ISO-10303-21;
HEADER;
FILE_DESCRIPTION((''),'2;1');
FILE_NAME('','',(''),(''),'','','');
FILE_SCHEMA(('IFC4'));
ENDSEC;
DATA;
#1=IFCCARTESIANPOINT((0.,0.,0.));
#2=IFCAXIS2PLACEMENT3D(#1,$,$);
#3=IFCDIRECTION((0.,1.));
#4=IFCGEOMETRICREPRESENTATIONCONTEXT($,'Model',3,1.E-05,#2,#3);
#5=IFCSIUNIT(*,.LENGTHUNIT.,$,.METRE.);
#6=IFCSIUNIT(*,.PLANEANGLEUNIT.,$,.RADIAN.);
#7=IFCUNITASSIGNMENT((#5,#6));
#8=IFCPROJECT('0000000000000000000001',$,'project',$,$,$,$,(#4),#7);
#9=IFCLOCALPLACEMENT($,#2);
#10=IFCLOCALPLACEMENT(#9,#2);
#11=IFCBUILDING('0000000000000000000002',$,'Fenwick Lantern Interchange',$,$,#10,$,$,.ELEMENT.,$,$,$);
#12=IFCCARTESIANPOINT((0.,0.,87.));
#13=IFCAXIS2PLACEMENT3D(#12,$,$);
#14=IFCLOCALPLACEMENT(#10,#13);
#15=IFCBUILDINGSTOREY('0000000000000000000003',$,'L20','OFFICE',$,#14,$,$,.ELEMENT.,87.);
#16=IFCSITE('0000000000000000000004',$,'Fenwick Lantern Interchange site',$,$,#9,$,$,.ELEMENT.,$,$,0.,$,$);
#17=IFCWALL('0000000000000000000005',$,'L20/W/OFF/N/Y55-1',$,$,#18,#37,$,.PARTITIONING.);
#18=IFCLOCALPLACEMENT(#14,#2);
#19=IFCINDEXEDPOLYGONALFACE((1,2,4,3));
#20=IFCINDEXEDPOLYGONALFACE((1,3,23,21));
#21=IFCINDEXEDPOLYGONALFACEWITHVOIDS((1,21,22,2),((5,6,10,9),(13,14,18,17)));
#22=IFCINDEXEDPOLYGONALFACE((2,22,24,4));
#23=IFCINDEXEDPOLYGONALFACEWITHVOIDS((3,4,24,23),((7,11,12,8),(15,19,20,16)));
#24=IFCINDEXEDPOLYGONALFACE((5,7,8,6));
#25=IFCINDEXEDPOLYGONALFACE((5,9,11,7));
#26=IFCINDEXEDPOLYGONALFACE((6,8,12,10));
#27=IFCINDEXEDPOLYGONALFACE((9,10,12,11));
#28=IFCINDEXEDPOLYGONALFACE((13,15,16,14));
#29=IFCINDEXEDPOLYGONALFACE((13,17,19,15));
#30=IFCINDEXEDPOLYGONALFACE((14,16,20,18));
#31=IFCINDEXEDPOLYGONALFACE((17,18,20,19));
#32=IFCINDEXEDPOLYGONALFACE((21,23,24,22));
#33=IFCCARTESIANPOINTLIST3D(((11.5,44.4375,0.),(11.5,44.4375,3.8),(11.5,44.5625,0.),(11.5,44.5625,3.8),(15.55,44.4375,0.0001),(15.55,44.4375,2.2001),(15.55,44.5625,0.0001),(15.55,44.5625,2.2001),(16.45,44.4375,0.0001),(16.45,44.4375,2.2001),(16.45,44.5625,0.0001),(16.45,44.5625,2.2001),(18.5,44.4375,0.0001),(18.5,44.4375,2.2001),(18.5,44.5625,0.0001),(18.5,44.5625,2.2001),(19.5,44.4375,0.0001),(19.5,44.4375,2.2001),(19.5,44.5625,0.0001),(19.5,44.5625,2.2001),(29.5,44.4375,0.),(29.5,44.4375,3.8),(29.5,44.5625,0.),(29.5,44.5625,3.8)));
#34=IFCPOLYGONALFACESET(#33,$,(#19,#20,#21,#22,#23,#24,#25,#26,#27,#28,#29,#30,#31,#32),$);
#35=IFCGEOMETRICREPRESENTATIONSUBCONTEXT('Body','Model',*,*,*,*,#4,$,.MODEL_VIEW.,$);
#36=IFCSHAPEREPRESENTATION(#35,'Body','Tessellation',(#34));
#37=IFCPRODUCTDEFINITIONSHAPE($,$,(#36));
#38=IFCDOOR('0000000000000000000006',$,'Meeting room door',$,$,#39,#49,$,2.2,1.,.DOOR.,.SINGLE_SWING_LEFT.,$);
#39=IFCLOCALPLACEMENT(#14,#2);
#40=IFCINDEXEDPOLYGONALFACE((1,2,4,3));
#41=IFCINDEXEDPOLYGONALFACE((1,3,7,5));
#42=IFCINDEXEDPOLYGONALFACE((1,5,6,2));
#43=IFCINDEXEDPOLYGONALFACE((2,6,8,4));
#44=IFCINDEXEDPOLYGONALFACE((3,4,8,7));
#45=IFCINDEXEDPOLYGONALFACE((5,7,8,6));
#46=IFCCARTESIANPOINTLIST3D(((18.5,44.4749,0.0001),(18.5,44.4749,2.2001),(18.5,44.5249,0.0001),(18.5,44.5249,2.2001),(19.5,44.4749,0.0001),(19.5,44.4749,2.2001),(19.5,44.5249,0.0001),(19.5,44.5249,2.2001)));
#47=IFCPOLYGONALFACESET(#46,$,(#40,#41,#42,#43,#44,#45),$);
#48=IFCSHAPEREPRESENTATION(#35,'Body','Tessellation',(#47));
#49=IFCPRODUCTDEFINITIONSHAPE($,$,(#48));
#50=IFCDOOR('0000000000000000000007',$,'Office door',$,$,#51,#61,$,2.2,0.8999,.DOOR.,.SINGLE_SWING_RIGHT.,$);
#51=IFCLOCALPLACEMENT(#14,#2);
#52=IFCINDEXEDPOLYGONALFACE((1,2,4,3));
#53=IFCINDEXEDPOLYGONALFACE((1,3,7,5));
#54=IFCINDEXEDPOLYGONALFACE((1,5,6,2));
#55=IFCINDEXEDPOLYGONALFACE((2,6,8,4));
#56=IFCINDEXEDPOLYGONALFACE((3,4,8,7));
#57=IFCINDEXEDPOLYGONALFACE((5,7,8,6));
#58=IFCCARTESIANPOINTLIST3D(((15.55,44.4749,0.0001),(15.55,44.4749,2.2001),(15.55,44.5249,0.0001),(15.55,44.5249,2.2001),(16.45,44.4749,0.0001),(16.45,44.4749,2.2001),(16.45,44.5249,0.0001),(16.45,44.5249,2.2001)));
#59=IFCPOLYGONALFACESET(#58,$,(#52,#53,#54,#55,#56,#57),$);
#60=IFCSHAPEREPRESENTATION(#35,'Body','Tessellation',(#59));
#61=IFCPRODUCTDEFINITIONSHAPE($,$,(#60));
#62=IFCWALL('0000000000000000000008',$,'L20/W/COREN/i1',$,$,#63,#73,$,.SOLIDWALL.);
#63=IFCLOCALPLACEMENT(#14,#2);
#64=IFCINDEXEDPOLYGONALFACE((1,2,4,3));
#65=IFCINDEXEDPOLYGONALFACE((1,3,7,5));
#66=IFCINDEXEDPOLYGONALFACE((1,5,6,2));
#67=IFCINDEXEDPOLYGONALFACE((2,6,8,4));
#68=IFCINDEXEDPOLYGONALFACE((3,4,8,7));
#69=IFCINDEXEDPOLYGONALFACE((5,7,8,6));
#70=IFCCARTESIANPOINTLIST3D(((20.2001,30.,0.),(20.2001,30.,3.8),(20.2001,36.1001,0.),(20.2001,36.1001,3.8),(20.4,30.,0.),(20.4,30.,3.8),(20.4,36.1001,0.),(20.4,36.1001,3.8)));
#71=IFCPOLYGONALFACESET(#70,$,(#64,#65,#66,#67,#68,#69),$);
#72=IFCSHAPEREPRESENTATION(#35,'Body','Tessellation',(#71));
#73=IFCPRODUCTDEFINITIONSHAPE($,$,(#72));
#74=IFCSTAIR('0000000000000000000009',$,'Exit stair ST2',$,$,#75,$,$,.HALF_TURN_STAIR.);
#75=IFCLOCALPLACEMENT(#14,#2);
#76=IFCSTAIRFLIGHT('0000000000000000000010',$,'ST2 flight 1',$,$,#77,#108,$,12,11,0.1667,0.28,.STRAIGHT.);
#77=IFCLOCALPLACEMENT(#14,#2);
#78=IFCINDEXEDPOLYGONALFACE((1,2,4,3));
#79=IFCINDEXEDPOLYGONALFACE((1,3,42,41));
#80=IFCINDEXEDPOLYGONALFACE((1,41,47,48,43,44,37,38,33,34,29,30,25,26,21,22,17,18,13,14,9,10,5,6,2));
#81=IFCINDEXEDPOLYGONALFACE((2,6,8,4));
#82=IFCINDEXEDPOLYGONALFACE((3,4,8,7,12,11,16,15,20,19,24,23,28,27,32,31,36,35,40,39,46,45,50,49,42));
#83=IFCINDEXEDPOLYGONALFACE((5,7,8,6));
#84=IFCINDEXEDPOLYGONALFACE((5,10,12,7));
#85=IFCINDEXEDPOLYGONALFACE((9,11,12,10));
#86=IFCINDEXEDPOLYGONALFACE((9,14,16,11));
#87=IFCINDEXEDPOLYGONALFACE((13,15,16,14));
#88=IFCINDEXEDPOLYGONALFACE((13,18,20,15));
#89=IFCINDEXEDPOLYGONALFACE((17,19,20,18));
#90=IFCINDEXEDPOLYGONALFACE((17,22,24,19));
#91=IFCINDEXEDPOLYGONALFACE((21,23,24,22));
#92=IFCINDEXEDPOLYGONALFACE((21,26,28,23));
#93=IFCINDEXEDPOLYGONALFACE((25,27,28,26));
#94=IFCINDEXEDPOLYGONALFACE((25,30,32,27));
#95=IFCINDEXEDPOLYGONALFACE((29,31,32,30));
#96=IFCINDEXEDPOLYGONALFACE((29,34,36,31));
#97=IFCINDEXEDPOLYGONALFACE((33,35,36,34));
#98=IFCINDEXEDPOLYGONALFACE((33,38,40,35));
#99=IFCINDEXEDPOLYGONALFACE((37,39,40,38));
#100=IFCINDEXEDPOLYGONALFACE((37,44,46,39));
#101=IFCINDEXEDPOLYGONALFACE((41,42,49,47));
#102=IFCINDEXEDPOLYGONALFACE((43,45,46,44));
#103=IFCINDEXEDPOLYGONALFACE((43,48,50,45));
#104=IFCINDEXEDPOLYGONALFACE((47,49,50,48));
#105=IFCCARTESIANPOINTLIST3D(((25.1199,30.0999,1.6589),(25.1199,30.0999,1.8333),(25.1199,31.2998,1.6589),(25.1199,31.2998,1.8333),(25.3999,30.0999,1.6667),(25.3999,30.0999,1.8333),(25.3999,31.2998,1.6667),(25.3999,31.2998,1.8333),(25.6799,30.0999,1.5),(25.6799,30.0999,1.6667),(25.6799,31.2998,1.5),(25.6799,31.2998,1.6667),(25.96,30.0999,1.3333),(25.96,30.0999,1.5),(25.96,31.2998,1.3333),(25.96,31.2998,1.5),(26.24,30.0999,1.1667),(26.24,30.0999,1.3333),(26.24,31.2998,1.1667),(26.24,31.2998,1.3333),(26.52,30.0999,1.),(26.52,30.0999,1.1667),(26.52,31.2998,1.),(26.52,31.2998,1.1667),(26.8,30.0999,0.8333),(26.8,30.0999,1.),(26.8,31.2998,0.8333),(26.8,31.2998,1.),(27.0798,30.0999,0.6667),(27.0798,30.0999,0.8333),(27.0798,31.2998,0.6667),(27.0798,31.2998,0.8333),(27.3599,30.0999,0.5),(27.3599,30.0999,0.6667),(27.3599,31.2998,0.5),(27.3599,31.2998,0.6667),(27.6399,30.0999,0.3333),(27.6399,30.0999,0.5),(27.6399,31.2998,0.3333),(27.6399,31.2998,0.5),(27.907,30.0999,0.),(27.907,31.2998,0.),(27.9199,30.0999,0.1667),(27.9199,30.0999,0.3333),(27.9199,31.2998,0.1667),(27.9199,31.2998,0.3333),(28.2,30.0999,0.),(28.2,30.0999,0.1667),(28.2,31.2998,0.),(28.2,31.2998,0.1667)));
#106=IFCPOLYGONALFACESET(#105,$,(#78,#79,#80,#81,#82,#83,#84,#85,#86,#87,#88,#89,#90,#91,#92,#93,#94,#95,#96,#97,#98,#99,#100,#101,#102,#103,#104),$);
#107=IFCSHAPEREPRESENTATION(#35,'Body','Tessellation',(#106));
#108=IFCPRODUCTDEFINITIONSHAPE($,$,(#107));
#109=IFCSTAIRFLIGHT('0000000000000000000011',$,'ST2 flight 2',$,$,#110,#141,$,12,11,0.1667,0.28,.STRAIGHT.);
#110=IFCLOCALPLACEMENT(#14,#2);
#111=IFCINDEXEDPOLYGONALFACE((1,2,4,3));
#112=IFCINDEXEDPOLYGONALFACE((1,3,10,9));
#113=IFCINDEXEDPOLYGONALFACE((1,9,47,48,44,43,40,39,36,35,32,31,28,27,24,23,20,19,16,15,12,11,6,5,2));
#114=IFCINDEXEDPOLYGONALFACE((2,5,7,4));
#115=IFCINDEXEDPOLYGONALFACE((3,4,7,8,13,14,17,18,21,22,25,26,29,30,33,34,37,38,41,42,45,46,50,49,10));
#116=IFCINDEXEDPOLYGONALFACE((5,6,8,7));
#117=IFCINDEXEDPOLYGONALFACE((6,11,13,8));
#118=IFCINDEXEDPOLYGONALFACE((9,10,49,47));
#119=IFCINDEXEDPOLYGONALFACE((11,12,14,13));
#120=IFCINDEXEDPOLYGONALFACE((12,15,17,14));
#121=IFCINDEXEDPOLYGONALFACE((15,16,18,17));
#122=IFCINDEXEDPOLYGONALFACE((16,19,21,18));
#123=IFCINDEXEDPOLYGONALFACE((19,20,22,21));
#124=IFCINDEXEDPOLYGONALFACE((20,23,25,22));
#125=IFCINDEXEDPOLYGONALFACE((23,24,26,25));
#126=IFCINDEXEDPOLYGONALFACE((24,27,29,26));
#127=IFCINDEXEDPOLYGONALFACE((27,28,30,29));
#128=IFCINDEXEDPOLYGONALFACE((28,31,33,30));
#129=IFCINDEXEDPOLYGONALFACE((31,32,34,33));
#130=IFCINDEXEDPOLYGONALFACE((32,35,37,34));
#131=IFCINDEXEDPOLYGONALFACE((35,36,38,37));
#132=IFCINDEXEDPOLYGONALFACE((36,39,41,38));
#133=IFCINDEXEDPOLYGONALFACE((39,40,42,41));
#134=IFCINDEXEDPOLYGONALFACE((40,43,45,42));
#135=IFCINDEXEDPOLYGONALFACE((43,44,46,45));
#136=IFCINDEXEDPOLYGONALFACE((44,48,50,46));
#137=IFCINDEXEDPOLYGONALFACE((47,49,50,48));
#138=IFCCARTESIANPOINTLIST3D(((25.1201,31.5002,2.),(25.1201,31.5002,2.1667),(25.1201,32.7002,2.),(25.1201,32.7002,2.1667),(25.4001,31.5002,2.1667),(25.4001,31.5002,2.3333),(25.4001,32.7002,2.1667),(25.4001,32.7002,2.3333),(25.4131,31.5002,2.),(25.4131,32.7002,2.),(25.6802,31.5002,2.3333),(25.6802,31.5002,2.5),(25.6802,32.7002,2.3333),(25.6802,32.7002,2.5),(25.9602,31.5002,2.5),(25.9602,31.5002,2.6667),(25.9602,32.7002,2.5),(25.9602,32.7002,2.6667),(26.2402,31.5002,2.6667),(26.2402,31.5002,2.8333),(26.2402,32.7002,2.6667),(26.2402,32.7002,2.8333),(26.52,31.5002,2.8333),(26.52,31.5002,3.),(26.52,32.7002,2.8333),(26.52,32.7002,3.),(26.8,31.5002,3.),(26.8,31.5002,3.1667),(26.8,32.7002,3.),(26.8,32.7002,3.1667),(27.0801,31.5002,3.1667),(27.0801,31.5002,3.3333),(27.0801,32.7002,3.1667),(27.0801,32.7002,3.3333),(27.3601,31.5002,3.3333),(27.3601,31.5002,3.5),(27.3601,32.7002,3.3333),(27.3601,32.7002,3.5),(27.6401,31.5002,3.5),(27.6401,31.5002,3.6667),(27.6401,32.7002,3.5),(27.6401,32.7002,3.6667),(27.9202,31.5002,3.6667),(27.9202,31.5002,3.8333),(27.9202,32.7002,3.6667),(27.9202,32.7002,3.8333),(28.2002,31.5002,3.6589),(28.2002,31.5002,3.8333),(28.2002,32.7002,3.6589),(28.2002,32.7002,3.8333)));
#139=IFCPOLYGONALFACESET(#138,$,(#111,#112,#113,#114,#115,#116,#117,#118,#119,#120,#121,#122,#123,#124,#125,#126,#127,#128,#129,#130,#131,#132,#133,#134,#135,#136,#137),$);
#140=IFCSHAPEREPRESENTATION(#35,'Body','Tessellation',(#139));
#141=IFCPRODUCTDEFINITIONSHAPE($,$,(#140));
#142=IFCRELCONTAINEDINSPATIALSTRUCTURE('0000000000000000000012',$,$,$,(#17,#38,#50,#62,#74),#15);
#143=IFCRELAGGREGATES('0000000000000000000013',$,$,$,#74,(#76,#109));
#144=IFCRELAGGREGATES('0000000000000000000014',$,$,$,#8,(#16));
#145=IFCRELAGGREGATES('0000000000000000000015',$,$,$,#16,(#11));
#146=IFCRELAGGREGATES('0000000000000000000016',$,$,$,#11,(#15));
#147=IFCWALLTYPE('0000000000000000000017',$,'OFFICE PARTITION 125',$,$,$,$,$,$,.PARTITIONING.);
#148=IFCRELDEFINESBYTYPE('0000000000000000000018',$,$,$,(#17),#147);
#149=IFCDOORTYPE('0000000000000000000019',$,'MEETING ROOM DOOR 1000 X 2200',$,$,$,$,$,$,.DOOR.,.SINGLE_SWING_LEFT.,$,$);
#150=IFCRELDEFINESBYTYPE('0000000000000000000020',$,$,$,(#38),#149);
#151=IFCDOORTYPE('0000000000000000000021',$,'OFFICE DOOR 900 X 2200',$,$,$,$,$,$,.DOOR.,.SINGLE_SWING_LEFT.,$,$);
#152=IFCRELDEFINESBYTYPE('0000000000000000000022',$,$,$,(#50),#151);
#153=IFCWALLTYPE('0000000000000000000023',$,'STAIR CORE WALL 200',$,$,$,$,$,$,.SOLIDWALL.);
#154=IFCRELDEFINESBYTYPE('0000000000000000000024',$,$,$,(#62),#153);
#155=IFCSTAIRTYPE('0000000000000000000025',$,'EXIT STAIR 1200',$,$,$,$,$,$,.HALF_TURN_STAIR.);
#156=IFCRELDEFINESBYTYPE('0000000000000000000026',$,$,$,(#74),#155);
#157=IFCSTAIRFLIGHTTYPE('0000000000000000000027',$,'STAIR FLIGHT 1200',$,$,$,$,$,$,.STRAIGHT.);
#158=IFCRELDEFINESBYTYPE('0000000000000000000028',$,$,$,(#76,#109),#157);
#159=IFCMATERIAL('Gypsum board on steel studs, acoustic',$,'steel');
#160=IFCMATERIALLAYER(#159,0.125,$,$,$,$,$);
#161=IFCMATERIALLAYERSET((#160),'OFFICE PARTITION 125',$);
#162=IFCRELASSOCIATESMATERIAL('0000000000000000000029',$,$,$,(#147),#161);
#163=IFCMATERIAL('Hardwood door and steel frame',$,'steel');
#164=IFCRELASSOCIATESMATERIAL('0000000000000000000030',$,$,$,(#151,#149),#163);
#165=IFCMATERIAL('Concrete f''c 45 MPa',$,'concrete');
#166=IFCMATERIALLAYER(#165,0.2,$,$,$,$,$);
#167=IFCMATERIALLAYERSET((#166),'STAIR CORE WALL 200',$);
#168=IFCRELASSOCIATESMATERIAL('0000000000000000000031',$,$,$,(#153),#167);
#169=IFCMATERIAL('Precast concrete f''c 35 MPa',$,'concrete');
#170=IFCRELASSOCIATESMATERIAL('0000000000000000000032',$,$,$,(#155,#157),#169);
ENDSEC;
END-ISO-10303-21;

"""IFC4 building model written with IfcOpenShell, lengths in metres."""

from ifc_helpers import new_model, si_unit, direction, frame, frame_2d, origin, place, context, subcontext, project, spatial, polyline, rectangle, outline, extrude, material, layer, layer_set, type_object, element, fill, aggregate, save


model = new_model("IFC4")

# Units and contexts
model_context = context("Model", 3, precision=1e-05, world=origin(), true_north=direction((0.0, 1.0)))
body_context = subcontext(model_context, "Body", "Model", "MODEL_VIEW")
ifc_project = project(units=[si_unit("LENGTHUNIT", "METRE"), si_unit("PLANEANGLEUNIT", "RADIAN")], contexts=[model_context])

# Site, building, storey
site_placement = place(None, origin())
site = spatial("IfcSite", under=ifc_project, at=site_placement, Name="Fenwick Lantern Interchange site", CompositionType="ELEMENT", RefElevation=0.0)
building_placement = place(site_placement, origin())
building = spatial("IfcBuilding", under=site, at=building_placement, Name="Fenwick Lantern Interchange", CompositionType="ELEMENT")
storey_placement = place(building_placement, frame((0.0, 0.0, 87.0)))
storey = spatial("IfcBuildingStorey", under=building, at=storey_placement, Name="L20", Description="OFFICE", CompositionType="ELEMENT", Elevation=87.0)

# Shared definitions
ifc_material_1 = material(Name="Hardwood door and steel frame", Category="steel")

# Shared definitions
ifc_material_2 = material(Name="Gypsum board on steel studs, acoustic", Category="steel")
ifc_layer_1 = layer(ifc_material_2, 0.125)
ifc_layer_set_1 = layer_set([ifc_layer_1], Name="OFFICE PARTITION 125")
wall_type_1 = type_object("IfcWallType", Name="OFFICE PARTITION 125", PredefinedType="PARTITIONING", material=ifc_layer_set_1)
door_type_1 = type_object("IfcDoorType", Name="OFFICE DOOR 900 X 2200", OperationType="SINGLE_SWING_LEFT", PredefinedType="DOOR", material=ifc_material_1)

# Wall, openings, doors
wall_1_placement = place(storey_placement, frame((29.5, 44.5, 0.0), z_axis=(0.0, 0.0, 1.0), x_axis=(-1.0, 0.0, 0.0)))
wall_1 = element("IfcWall", 1, at=wall_1_placement, inside=storey, type_object=wall_type_1, Name="L20/W/OFF/N/Y55-1", PredefinedType="PARTITIONING", context=body_context, shape_type="SweptSolid", body=[
    extrude(rectangle(XDim=18.0, YDim=0.125, at=frame_2d((9.0, 0.0))), origin(), (0.0, 0.0, 1.0), 3.8),
])
opening_1_placement = place(wall_1_placement, frame((10.0, 0.0, 0.0)))
opening_1 = element("IfcOpeningElement", 2, at=opening_1_placement, cuts=wall_1, PredefinedType="OPENING", context=body_context, shape_type="SweptSolid", body=[
    extrude(rectangle(XDim=1.0, YDim=2.2, at=frame_2d((0.5, 1.1001))), frame((0.0, 0.0725, 0.0), z_axis=(0.0, -1.0, 0.0), x_axis=(1.0, 0.0, 0.0)), (0.0, 0.0, 1.0), 0.145),
])
opening_2_placement = place(wall_1_placement, frame((13.05, 0.0, 0.0)))
opening_2 = element("IfcOpeningElement", 3, at=opening_2_placement, cuts=wall_1, PredefinedType="OPENING", context=body_context, shape_type="SweptSolid", body=[
    extrude(rectangle(XDim=0.8999, YDim=2.2, at=frame_2d((0.45, 1.1001))), frame((0.0, 0.0725, 0.0), z_axis=(0.0, -1.0, 0.0), x_axis=(1.0, 0.0, 0.0)), (0.0, 0.0, 1.0), 0.145),
])
door_type_2 = type_object("IfcDoorType", Name="MEETING ROOM DOOR 1000 X 2200", OperationType="SINGLE_SWING_LEFT", PredefinedType="DOOR", material=ifc_material_1)
door_1_placement = place(opening_1_placement, frame((1.0, 0.0, 0.0), z_axis=(0.0, 0.0, 1.0), x_axis=(-1.0, 0.0, 0.0)))
door_1 = element("IfcDoor", 4, at=door_1_placement, inside=storey, type_object=door_type_2, Name="Meeting room door", OperationType="SINGLE_SWING_LEFT", OverallHeight=2.2, OverallWidth=1.0, PredefinedType="DOOR", context=body_context, shape_type="SweptSolid", body=[
    extrude(rectangle(XDim=1.0, YDim=2.2, at=frame_2d((0.5, 1.1001))), frame((0.0, 0.0249, 0.0), z_axis=(0.0, -1.0, 0.0), x_axis=(1.0, 0.0, 0.0)), (0.0, 0.0, 1.0), 0.05),
])
fill(opening_1, door_1)
door_2_placement = place(opening_2_placement, frame((0.8999, 0.0, 0.0), z_axis=(0.0, 0.0, 1.0), x_axis=(-1.0, 0.0, 0.0)))
door_2 = element("IfcDoor", 5, at=door_2_placement, inside=storey, type_object=door_type_1, Name="Office door", OperationType="SINGLE_SWING_RIGHT", OverallHeight=2.2, OverallWidth=0.8999, PredefinedType="DOOR", context=body_context, shape_type="SweptSolid", body=[
    extrude(rectangle(XDim=0.8999, YDim=2.2, at=frame_2d((0.45, 1.1001))), frame((0.0, 0.0249, 0.0), z_axis=(0.0, -1.0, 0.0), x_axis=(1.0, 0.0, 0.0)), (0.0, 0.0, 1.0), 0.05),
])
fill(opening_2, door_2)

# Wall
ifc_material_3 = material(Name="Concrete f'c 45 MPa", Category="concrete")
ifc_layer_2 = layer(ifc_material_3, 0.2)
ifc_layer_set_2 = layer_set([ifc_layer_2], Name="STAIR CORE WALL 200")
wall_type_2 = type_object("IfcWallType", Name="STAIR CORE WALL 200", PredefinedType="SOLIDWALL", material=ifc_layer_set_2)
wall_2_placement = place(storey_placement, frame((20.3, 36.1001, 0.0), z_axis=(0.0, 0.0, 1.0), x_axis=(0.0, -1.0, 0.0)))
element("IfcWall", 6, at=wall_2_placement, inside=storey, type_object=wall_type_2, Name="L20/W/COREN/i1", PredefinedType="SOLIDWALL", context=body_context, shape_type="SweptSolid", body=[
    extrude(rectangle(XDim=6.1001, YDim=0.2, at=frame_2d((3.05, 0.0))), origin(), (0.0, 0.0, 1.0), 3.8),
])

# Stair, stair flights
ifc_material_4 = material(Name="Precast concrete f'c 35 MPa", Category="concrete")
stair_type = type_object("IfcStairType", Name="EXIT STAIR 1200", PredefinedType="HALF_TURN_STAIR", material=ifc_material_4)
stair_placement = place(storey_placement, origin())
stair = element("IfcStair", 7, at=stair_placement, inside=storey, type_object=stair_type, Name="Exit stair ST2", PredefinedType="HALF_TURN_STAIR")
stair_flight_type = type_object("IfcStairFlightType", Name="STAIR FLIGHT 1200", PredefinedType="STRAIGHT", material=ifc_material_4)
stair_flight_1_placement = place(storey_placement, frame((28.2, 30.7, 0.0), z_axis=(0.0, 0.0, 1.0), x_axis=(-1.0, 0.0, 0.0)))
stair_flight_1 = element("IfcStairFlight", 8, at=stair_flight_1_placement, type_object=stair_flight_type, Name="ST2 flight 1", NumberOfRisers=12, NumberOfTreads=11, PredefinedType="STRAIGHT", RiserHeight=0.1667, TreadLength=0.28, context=body_context, shape_type="SweptSolid", body=[
    extrude(outline(polyline([(0.0, 0.0), (0.0, 0.1667), (0.28, 0.1667), (0.28, 0.3333), (0.5601, 0.3333), (0.5601, 0.5), (0.8401, 0.5), (0.8401, 0.6667), (1.1201, 0.6667), (1.1201, 0.8333), (1.3999, 0.8333), (1.3999, 1.0), (1.6799, 1.0), (1.6799, 1.1667), (1.96, 1.1667), (1.96, 1.3333), (2.24, 1.3333), (2.24, 1.5), (2.52, 1.5), (2.52, 1.6667), (2.8, 1.6667), (2.8, 1.8333), (3.0801, 1.8333), (3.0801, 2.0), (3.0801, 1.6589), (0.293, 0.0), (0.0, 0.0)])), frame((0.0, 0.6001, 0.0), z_axis=(0.0, -1.0, 0.0), x_axis=(1.0, 0.0, 0.0)), (0.0, 0.0, 1.0), 1.2),
])
stair_flight_2_placement = place(storey_placement, frame((25.1201, 32.1001, 2.0), z_axis=(0.0, 0.0, 1.0), x_axis=(1.0, 0.0, 0.0)))
stair_flight_2 = element("IfcStairFlight", 9, at=stair_flight_2_placement, type_object=stair_flight_type, Name="ST2 flight 2", NumberOfRisers=12, NumberOfTreads=11, PredefinedType="STRAIGHT", RiserHeight=0.1667, TreadLength=0.28, context=body_context, shape_type="SweptSolid", body=[
    extrude(outline(polyline([(0.0, 0.0), (0.0, 0.1667), (0.28, 0.1667), (0.28, 0.3333), (0.5601, 0.3333), (0.5601, 0.5), (0.8401, 0.5), (0.8401, 0.6667), (1.1201, 0.6667), (1.1201, 0.8333), (1.3999, 0.8333), (1.3999, 1.0), (1.6799, 1.0), (1.6799, 1.1667), (1.96, 1.1667), (1.96, 1.3333), (2.24, 1.3333), (2.24, 1.5), (2.52, 1.5), (2.52, 1.6667), (2.8, 1.6667), (2.8, 1.8333), (3.0801, 1.8333), (3.0801, 2.0), (3.0801, 1.6589), (0.293, 0.0), (0.0, 0.0)])), frame((0.0, 0.6001, 0.0), z_axis=(0.0, -1.0, 0.0), x_axis=(1.0, 0.0, 0.0)), (0.0, 0.0, 1.0), 1.2),
])
aggregate(stair, [stair_flight_1, stair_flight_2])

save(model, "model.ifc")
